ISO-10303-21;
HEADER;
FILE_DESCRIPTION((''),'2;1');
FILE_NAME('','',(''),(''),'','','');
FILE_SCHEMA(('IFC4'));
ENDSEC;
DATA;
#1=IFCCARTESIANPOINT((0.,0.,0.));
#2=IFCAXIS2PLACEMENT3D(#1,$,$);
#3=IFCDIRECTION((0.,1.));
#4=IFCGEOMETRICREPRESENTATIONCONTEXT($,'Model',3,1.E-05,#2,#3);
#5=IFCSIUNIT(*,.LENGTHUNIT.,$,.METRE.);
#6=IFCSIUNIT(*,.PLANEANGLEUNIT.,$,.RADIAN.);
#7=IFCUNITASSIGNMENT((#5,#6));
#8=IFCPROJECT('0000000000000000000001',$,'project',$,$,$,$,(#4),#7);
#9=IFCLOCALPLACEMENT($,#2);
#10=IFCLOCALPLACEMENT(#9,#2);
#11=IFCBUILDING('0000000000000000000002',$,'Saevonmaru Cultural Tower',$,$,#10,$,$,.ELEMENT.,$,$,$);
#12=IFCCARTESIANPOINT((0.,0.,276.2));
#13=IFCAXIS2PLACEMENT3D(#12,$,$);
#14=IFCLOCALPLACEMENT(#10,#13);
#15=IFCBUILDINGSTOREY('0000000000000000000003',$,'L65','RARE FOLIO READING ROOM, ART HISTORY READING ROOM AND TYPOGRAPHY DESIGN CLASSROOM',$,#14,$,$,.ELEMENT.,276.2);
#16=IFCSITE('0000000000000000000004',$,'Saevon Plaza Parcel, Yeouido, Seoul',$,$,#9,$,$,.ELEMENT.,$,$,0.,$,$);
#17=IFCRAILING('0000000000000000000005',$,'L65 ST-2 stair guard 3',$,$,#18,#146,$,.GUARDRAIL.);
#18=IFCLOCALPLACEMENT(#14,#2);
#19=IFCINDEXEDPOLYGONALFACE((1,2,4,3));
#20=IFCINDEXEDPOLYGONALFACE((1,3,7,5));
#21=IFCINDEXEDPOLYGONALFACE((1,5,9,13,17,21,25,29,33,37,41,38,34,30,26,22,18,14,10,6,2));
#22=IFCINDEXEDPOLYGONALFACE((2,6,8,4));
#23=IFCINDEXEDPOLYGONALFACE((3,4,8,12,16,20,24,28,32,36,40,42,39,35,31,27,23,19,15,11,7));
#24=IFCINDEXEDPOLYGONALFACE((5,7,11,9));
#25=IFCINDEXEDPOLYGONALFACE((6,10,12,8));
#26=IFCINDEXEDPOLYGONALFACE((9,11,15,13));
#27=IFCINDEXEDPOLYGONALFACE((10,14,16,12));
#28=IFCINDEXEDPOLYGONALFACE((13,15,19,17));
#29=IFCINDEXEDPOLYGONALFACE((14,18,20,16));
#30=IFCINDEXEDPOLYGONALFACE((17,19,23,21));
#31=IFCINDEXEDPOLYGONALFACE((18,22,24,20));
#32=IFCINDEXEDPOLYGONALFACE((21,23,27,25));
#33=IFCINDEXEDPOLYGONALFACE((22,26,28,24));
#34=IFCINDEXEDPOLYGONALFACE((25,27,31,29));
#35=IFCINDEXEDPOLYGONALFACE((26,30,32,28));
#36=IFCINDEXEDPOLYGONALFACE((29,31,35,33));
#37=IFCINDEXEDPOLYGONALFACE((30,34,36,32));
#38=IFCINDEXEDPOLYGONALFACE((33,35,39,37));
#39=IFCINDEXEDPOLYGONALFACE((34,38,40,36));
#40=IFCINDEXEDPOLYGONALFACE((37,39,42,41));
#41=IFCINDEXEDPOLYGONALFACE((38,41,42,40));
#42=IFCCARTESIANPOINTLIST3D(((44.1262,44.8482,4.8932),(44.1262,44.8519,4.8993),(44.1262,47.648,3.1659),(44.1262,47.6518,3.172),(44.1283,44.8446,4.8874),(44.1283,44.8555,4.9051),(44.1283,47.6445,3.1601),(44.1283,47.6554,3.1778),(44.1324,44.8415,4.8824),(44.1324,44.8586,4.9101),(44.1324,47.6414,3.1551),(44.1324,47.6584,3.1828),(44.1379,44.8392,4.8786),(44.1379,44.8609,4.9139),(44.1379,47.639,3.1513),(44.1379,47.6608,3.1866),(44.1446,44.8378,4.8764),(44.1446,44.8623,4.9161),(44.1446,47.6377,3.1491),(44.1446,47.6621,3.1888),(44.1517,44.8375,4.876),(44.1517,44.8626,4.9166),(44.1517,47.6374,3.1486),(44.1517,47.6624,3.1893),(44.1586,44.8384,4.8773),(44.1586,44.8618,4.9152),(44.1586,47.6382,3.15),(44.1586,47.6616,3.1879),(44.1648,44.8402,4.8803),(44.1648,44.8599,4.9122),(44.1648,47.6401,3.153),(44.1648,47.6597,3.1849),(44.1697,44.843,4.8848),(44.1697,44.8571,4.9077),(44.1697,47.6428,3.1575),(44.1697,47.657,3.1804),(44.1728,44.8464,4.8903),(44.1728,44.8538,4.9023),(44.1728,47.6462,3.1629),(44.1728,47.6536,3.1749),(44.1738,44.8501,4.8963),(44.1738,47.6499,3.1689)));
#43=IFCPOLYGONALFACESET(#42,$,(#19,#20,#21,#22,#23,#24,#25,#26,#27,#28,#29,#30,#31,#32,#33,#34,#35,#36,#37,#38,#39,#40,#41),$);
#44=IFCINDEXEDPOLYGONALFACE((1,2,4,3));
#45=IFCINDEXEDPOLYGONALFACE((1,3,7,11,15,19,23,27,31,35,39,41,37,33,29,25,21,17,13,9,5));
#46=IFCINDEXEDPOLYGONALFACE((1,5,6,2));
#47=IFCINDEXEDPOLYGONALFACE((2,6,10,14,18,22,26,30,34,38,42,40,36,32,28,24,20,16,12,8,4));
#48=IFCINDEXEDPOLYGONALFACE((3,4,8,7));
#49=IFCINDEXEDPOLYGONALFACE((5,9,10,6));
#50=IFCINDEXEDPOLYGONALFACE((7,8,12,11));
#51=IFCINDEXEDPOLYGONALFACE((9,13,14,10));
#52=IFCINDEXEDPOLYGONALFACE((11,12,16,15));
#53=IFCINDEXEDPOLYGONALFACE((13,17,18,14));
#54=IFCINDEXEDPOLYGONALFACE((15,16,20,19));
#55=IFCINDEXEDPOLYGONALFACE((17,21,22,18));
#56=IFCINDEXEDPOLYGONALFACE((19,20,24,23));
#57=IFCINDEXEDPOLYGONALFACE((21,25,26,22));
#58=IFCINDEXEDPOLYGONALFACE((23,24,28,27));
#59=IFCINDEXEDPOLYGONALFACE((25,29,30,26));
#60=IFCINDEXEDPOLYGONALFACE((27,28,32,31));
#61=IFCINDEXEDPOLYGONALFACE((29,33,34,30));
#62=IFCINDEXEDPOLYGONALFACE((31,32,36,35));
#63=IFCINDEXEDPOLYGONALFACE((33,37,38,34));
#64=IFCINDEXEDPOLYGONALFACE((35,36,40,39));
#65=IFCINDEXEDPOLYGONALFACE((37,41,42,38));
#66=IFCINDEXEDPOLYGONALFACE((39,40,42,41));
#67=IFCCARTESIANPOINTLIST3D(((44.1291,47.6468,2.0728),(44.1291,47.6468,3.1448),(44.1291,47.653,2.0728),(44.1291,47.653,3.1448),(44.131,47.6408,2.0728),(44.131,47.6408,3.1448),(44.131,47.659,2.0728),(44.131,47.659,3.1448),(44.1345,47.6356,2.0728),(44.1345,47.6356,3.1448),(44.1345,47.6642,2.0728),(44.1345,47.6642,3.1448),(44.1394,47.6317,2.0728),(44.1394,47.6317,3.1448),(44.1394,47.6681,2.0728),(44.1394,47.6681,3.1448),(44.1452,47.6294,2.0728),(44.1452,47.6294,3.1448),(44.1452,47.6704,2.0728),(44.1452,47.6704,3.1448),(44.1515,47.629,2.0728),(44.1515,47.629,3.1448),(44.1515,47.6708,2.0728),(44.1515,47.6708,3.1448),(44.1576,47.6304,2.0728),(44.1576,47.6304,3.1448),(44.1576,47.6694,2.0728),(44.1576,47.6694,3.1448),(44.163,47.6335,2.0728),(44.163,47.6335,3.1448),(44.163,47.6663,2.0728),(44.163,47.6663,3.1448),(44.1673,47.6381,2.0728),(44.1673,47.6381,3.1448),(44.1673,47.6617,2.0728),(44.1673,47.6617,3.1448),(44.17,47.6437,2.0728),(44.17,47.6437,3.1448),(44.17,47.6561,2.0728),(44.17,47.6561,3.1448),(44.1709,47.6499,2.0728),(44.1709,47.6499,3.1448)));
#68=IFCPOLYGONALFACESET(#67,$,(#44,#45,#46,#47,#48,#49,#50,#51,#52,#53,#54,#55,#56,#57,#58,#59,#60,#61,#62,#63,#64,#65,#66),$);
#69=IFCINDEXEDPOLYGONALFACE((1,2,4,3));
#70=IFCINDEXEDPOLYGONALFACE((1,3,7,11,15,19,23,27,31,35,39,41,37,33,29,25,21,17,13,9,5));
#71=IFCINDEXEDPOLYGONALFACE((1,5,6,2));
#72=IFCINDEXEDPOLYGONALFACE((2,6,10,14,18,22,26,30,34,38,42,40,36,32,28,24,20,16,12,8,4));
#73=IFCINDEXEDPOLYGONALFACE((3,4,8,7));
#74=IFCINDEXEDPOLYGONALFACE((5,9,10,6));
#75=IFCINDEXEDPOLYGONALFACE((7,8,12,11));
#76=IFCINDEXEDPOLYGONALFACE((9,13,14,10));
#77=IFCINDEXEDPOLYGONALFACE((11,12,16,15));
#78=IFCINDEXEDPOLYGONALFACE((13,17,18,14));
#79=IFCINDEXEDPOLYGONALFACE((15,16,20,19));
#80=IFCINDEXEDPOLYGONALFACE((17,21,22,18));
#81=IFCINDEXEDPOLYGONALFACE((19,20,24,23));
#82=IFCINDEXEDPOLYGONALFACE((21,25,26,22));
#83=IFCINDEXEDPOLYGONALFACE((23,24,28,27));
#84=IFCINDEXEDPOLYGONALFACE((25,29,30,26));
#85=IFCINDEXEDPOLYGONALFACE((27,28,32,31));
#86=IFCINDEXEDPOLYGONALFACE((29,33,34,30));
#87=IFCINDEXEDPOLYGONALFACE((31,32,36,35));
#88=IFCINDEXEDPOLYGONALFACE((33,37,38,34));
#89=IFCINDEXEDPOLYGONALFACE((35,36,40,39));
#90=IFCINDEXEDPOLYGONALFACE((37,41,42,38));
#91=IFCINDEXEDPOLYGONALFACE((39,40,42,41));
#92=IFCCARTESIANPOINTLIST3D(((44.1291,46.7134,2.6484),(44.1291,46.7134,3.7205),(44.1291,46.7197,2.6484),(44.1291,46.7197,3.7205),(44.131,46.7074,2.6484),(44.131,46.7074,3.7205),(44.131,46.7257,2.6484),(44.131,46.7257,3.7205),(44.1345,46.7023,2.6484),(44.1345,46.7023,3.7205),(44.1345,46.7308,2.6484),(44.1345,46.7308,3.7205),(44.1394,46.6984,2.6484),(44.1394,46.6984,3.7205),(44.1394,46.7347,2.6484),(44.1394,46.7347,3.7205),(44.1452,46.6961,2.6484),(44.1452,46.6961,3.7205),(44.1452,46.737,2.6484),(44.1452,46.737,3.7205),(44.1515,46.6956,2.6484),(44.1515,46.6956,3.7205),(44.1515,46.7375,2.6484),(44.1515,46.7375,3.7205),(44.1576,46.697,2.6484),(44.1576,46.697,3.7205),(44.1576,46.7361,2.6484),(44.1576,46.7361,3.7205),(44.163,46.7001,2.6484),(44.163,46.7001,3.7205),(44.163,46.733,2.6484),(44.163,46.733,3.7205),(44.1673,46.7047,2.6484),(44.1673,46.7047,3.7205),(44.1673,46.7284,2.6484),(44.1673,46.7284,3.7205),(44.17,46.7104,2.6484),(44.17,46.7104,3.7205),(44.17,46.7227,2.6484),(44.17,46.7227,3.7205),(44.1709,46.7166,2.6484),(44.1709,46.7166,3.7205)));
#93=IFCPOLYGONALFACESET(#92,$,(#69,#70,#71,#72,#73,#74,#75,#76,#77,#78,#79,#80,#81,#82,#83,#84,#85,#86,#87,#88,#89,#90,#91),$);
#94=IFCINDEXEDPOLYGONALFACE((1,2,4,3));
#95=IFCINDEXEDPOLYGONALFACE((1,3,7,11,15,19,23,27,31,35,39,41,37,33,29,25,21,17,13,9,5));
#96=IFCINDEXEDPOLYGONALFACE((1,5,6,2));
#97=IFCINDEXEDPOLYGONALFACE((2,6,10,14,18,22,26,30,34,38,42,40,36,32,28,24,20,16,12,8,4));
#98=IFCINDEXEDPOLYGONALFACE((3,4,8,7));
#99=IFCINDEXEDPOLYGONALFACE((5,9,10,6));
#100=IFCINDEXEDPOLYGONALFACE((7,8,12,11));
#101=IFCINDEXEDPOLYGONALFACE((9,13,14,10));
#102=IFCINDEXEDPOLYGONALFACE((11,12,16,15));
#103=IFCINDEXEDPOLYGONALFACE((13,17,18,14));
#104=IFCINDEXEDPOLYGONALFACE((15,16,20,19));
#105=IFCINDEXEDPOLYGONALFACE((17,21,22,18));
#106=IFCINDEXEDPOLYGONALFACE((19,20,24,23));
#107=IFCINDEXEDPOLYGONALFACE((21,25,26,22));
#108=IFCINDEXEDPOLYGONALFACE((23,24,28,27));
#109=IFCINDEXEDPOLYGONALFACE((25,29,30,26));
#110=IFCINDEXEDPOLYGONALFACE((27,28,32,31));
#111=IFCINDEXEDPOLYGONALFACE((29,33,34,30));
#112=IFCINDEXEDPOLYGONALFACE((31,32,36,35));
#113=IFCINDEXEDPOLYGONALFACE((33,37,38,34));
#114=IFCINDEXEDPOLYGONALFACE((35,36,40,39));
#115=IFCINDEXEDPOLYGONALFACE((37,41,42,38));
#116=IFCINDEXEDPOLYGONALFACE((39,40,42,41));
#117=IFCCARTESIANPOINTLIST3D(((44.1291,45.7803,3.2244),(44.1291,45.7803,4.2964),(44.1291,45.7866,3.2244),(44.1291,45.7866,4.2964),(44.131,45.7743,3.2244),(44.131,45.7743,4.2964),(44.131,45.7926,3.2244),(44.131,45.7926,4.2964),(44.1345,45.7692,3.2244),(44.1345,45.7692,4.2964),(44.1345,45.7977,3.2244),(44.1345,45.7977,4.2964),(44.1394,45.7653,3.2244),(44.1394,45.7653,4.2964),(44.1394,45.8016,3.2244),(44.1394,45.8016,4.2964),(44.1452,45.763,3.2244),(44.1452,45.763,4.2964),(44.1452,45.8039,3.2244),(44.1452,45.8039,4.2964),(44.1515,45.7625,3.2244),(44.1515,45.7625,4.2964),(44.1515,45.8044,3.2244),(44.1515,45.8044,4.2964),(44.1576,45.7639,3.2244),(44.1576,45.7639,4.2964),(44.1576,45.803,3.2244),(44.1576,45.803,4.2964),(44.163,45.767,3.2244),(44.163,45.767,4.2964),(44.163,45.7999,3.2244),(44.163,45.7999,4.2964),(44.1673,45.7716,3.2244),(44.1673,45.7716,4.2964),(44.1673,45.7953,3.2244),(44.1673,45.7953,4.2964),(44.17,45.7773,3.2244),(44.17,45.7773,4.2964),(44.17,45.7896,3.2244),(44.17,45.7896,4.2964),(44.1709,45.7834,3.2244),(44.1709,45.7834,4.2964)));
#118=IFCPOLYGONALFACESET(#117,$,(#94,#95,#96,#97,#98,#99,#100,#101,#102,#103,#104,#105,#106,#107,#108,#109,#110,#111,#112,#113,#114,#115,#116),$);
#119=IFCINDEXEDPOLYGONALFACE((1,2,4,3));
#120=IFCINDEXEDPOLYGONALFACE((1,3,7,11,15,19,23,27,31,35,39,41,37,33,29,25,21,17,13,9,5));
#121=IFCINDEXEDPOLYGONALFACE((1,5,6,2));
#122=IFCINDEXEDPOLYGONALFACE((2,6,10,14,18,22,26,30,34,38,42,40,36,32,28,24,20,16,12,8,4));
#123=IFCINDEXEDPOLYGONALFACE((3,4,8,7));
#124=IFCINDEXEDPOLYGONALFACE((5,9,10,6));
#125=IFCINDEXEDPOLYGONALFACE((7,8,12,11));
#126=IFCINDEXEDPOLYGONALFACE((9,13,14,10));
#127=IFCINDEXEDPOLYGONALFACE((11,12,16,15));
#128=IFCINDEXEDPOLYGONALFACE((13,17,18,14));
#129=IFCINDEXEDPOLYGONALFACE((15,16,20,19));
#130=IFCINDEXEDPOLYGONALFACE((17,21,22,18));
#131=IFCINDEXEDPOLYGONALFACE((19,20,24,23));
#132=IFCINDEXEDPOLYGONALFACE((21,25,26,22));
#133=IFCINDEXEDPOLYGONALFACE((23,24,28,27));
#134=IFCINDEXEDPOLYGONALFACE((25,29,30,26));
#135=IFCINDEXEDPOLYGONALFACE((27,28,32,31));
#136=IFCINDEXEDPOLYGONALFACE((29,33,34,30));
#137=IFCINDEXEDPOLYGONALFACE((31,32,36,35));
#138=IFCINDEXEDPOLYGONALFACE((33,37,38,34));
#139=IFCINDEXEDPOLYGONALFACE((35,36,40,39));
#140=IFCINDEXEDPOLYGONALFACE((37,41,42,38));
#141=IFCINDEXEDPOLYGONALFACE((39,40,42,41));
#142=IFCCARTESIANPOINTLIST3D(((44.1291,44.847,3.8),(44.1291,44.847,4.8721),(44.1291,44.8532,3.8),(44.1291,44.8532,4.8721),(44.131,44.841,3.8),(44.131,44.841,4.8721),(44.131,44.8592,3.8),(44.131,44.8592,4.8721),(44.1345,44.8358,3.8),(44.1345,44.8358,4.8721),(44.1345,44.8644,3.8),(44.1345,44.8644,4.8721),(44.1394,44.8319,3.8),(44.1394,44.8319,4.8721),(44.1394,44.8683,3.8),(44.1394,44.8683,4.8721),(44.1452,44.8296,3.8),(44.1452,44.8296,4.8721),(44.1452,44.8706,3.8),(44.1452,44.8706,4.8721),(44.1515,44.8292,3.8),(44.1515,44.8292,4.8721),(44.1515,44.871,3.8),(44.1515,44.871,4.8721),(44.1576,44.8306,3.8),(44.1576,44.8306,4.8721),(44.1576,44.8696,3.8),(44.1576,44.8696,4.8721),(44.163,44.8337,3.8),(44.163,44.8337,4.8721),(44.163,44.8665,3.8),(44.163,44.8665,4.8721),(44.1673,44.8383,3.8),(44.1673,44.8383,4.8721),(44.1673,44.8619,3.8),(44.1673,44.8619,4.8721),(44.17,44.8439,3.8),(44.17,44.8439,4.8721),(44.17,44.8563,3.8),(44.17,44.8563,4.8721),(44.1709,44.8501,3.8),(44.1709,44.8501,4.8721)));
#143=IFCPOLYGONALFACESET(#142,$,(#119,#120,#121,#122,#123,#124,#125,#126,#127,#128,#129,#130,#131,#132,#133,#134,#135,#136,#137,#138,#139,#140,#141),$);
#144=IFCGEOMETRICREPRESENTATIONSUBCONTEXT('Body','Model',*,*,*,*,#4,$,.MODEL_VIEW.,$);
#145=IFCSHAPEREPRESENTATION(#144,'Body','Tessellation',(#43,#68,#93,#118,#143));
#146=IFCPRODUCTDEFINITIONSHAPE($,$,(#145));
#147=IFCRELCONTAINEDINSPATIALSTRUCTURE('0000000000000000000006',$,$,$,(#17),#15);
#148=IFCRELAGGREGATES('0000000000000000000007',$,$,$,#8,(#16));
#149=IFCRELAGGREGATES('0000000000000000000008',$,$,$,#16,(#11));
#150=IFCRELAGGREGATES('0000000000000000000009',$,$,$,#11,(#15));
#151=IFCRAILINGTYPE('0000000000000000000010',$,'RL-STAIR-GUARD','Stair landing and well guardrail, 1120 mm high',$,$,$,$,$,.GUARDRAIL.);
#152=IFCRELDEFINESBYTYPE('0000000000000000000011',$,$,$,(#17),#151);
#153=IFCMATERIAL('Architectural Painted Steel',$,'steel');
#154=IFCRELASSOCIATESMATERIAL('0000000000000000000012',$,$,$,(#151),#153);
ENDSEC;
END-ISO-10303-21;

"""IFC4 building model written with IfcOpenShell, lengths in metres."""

from ifc_helpers import new_model, si_unit, direction, frame, origin, origin_2d, place, context, subcontext, project, spatial, circle, extrude, material, type_object, element, save


model = new_model("IFC4")

# Units and contexts
model_context = context("Model", 3, precision=1e-05, world=origin(), true_north=direction((0.0, 1.0)))
body_context = subcontext(model_context, "Body", "Model", "MODEL_VIEW")
ifc_project = project(units=[si_unit("LENGTHUNIT", "METRE"), si_unit("PLANEANGLEUNIT", "RADIAN")], contexts=[model_context])

# Site, building, storey
site_placement = place(None, origin())
site = spatial("IfcSite", under=ifc_project, at=site_placement, Name="Saevon Plaza Parcel, Yeouido, Seoul", CompositionType="ELEMENT", RefElevation=0.0)
building_placement = place(site_placement, origin())
building = spatial("IfcBuilding", under=site, at=building_placement, Name="Saevonmaru Cultural Tower", CompositionType="ELEMENT")
storey_placement = place(building_placement, frame((0.0, 0.0, 276.2)))
storey = spatial("IfcBuildingStorey", under=building, at=storey_placement, Name="L65", Description="RARE FOLIO READING ROOM, ART HISTORY READING ROOM AND TYPOGRAPHY DESIGN CLASSROOM", CompositionType="ELEMENT", Elevation=276.2)

# Railing
ifc_material_1 = material(Name="Architectural Painted Steel", Category="steel")
railing_type_1 = type_object("IfcRailingType", Name="RL-STAIR-GUARD", Description="Stair landing and well guardrail, 1120 mm high", PredefinedType="GUARDRAIL", material=ifc_material_1)
railing_1_placement = place(storey_placement, frame((44.1499, 47.6499, 2.0728)))
element("IfcRailing", 1, at=railing_1_placement, inside=storey, type_object=railing_type_1, Name="L65 ST-2 stair guard 3", PredefinedType="GUARDRAIL", context=body_context, shape_type="SweptSolid", body=[
    extrude(circle(Radius=0.0239, at=origin_2d()), frame((0.0, 0.0, 1.0962), z_axis=(0.0, -0.851069, 0.525054), x_axis=(1.0, 0.0, 0.0)), (0.0, 0.0, 1.0), 3.2898),
    extrude(circle(Radius=0.021, at=origin_2d()), origin(), (0.0, 0.0, 1.0), 1.072),
    extrude(circle(Radius=0.021, at=origin_2d()), frame((0.0, -0.9333, 0.5757)), (0.0, 0.0, 1.0), 1.072),
    extrude(circle(Radius=0.021, at=origin_2d()), frame((0.0, -1.8665, 1.1516)), (0.0, 0.0, 1.0), 1.072),
    extrude(circle(Radius=0.021, at=origin_2d()), frame((0.0, -2.7998, 1.7273)), (0.0, 0.0, 1.0), 1.072),
])

save(model, "model.ifc")
